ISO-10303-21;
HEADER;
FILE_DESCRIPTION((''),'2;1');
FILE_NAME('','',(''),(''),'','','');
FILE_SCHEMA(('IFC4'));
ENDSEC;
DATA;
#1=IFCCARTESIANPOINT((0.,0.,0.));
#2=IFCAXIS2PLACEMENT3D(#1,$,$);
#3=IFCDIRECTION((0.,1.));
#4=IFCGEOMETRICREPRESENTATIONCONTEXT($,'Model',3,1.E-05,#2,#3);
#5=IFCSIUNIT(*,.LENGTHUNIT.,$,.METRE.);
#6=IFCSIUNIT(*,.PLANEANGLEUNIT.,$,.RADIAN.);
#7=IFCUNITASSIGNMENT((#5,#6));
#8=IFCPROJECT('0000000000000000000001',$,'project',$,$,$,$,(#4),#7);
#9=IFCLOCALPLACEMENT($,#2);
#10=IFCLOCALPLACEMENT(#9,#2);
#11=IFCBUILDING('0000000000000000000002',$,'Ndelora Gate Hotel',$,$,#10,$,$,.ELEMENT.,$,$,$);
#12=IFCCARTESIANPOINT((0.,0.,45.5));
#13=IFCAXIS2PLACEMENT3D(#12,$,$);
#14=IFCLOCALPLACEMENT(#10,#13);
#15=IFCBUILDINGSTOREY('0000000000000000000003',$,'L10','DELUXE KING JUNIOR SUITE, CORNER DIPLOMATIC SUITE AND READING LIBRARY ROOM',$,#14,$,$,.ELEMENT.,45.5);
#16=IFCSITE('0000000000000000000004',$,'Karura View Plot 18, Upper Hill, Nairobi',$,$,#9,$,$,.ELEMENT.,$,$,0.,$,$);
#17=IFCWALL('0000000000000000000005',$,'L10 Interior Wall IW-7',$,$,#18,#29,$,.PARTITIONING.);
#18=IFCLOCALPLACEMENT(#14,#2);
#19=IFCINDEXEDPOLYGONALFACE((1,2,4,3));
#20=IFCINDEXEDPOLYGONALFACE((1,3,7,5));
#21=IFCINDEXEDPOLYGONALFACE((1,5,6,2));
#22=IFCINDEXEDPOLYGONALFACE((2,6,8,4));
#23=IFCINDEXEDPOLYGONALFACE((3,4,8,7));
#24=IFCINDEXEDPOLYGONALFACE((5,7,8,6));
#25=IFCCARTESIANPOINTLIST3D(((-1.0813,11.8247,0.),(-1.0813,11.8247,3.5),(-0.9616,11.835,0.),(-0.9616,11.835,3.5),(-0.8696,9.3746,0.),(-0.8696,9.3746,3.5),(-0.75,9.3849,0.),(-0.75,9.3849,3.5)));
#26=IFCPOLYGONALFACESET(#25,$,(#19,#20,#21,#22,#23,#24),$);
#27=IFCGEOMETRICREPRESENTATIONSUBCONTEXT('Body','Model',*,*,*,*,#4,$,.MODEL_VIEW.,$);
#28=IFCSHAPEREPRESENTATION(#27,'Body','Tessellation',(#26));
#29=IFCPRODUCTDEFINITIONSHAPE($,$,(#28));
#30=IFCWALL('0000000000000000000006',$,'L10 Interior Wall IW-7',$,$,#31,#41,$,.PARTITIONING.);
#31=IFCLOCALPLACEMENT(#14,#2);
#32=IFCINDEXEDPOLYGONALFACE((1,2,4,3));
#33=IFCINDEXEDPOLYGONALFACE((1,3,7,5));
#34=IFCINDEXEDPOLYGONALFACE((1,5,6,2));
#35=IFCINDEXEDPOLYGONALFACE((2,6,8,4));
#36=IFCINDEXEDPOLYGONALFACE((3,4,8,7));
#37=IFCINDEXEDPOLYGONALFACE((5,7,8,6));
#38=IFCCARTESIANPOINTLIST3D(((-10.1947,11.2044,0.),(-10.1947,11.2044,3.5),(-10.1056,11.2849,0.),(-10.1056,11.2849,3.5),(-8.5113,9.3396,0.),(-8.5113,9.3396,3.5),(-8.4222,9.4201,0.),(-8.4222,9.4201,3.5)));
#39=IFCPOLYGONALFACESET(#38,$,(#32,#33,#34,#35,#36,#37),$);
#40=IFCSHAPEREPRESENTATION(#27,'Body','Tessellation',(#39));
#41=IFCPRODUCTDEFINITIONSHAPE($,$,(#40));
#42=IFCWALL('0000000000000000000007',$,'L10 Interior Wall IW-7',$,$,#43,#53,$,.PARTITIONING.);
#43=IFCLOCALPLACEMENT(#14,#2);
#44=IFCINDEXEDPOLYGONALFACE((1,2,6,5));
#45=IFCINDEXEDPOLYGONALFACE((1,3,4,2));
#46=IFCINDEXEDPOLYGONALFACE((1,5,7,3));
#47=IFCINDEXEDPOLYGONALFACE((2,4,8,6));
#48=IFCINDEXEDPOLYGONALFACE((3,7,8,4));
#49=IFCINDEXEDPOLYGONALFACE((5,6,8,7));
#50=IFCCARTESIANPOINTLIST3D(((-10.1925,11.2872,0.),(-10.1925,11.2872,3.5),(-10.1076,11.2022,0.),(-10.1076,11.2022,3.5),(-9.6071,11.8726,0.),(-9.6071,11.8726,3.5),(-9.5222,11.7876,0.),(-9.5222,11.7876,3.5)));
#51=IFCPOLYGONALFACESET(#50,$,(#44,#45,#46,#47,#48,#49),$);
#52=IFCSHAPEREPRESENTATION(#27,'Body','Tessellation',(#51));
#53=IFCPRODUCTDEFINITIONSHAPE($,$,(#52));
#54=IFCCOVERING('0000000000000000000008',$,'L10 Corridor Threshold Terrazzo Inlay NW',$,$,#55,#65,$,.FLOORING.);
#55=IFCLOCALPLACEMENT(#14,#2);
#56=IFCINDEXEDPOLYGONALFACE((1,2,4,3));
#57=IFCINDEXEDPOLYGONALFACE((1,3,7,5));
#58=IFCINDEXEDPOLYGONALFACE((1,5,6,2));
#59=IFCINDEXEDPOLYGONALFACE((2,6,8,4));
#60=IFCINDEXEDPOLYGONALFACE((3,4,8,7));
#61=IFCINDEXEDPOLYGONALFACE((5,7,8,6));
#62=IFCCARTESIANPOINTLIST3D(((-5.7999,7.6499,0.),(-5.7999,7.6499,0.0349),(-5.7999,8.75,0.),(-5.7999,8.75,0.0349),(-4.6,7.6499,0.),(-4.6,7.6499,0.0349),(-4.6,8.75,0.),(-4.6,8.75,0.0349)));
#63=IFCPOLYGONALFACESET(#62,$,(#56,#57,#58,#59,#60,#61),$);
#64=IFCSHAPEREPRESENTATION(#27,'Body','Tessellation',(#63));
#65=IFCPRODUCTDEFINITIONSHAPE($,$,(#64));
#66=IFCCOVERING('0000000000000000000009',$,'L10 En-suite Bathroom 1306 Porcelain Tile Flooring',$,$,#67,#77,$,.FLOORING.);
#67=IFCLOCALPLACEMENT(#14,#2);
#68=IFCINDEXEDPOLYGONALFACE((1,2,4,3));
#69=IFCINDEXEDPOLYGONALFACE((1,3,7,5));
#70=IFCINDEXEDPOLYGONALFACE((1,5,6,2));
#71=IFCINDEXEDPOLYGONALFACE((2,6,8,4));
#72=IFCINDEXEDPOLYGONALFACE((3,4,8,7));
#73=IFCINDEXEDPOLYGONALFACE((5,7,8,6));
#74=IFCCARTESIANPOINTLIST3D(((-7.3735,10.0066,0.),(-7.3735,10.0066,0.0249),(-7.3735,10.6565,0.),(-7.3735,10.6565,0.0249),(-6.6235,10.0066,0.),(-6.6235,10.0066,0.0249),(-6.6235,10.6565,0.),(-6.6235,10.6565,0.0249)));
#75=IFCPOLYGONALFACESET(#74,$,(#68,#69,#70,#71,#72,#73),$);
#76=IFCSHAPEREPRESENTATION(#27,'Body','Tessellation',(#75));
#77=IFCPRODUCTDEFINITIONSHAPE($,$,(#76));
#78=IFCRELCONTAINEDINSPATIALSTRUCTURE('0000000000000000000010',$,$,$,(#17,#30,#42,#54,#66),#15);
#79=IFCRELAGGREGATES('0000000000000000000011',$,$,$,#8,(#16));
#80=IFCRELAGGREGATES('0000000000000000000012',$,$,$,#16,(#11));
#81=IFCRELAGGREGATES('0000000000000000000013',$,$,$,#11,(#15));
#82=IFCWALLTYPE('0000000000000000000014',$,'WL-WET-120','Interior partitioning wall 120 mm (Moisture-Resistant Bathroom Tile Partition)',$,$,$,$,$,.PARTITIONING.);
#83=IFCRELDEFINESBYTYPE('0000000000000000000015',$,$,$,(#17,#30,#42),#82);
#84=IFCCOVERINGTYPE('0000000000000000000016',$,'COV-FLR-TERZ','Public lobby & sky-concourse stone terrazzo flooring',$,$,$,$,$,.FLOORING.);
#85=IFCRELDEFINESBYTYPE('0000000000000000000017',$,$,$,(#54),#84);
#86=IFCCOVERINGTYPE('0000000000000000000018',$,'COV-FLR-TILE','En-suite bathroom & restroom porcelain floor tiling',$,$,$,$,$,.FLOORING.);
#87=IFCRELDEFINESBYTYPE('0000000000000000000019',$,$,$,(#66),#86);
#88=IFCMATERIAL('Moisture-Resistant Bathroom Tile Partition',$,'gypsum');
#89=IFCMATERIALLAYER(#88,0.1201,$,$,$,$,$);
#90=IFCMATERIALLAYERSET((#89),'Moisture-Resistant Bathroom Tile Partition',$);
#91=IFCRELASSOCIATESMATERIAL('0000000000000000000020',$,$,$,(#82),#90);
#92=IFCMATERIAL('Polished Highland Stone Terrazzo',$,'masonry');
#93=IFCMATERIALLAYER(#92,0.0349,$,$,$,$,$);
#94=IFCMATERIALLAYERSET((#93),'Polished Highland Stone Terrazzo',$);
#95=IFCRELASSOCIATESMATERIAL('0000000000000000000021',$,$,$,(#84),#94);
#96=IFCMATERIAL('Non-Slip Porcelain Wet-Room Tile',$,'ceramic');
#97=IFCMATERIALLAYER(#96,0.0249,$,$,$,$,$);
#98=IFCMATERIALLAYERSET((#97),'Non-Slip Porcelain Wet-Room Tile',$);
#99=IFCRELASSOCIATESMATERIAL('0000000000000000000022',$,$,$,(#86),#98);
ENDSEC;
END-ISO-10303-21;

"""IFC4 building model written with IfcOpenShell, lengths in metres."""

from ifc_helpers import new_model, si_unit, direction, frame, frame_2d, origin, origin_2d, place, context, subcontext, project, spatial, rectangle, extrude, material, layer, layer_set, type_object, element, save


model = new_model("IFC4")

# Units and contexts
model_context = context("Model", 3, precision=1e-05, world=origin(), true_north=direction((0.0, 1.0)))
body_context = subcontext(model_context, "Body", "Model", "MODEL_VIEW")
ifc_project = project(units=[si_unit("LENGTHUNIT", "METRE"), si_unit("PLANEANGLEUNIT", "RADIAN")], contexts=[model_context])

# Site, building, storey
site_placement = place(None, origin())
site = spatial("IfcSite", under=ifc_project, at=site_placement, Name="Karura View Plot 18, Upper Hill, Nairobi", CompositionType="ELEMENT", RefElevation=0.0)
building_placement = place(site_placement, origin())
building = spatial("IfcBuilding", under=site, at=building_placement, Name="Ndelora Gate Hotel", CompositionType="ELEMENT")
storey_placement = place(building_placement, frame((0.0, 0.0, 45.5)))
storey = spatial("IfcBuildingStorey", under=building, at=storey_placement, Name="L10", Description="DELUXE KING JUNIOR SUITE, CORNER DIPLOMATIC SUITE AND READING LIBRARY ROOM", CompositionType="ELEMENT", Elevation=45.5)

# Walls
ifc_material_1 = material(Name="Moisture-Resistant Bathroom Tile Partition", Category="gypsum")
ifc_layer_1 = layer(ifc_material_1, 0.1201)
ifc_layer_set_1 = layer_set([ifc_layer_1], Name="Moisture-Resistant Bathroom Tile Partition")
wall_type_1 = type_object("IfcWallType", Name="WL-WET-120", Description="Interior partitioning wall 120 mm (Moisture-Resistant Bathroom Tile Partition)", PredefinedType="PARTITIONING", material=ifc_layer_set_1)
wall_1_placement = place(storey_placement, frame((-0.8098, 9.3799, 0.0), z_axis=(0.0, 0.0, 1.0), x_axis=(-0.086068, 0.996289, 0.0)))
element("IfcWall", 1, at=wall_1_placement, inside=storey, type_object=wall_type_1, Name="L10 Interior Wall IW-7", PredefinedType="PARTITIONING", context=body_context, shape_type="SweptSolid", body=[
    extrude(rectangle(XDim=2.4592, YDim=0.1201, at=frame_2d((1.2295, 0.0))), origin(), (0.0, 0.0, 1.0), 3.5),
])
wall_2_placement = place(storey_placement, frame((-10.1501, 11.2446, 0.0), z_axis=(0.0, 0.0, 1.0), x_axis=(0.670081, -0.742288, 0.0)))
element("IfcWall", 2, at=wall_2_placement, inside=storey, type_object=wall_type_1, Name="L10 Interior Wall IW-7", PredefinedType="PARTITIONING", context=body_context, shape_type="SweptSolid", body=[
    extrude(rectangle(XDim=2.5122, YDim=0.1201, at=frame_2d((1.2561, 0.0))), origin(), (0.0, 0.0, 1.0), 3.5),
])
wall_3_placement = place(storey_placement, frame((-10.1501, 11.2446, 0.0), z_axis=(0.0, 0.0, 1.0), x_axis=(0.707107, 0.707107, 0.0)))
element("IfcWall", 3, at=wall_3_placement, inside=storey, type_object=wall_type_1, Name="L10 Interior Wall IW-7", PredefinedType="PARTITIONING", context=body_context, shape_type="SweptSolid", body=[
    extrude(rectangle(XDim=0.8279, YDim=0.1201, at=frame_2d((0.4141, 0.0))), origin(), (0.0, 0.0, 1.0), 3.5),
])

# Coverings
ifc_material_2 = material(Name="Polished Highland Stone Terrazzo", Category="masonry")
ifc_layer_2 = layer(ifc_material_2, 0.0349)
ifc_layer_set_2 = layer_set([ifc_layer_2], Name="Polished Highland Stone Terrazzo")
covering_type_1 = type_object("IfcCoveringType", Name="COV-FLR-TERZ", Description="Public lobby & sky-concourse stone terrazzo flooring", PredefinedType="FLOORING", material=ifc_layer_set_2)
covering_1_placement = place(storey_placement, frame((-5.2, 8.2, 0.0), z_axis=(0.0, 0.0, 1.0), x_axis=(1.0, 0.0, 0.0)))
element("IfcCovering", 4, at=covering_1_placement, inside=storey, type_object=covering_type_1, Name="L10 Corridor Threshold Terrazzo Inlay NW", PredefinedType="FLOORING", context=body_context, shape_type="SweptSolid", body=[
    extrude(rectangle(XDim=1.2, YDim=1.1001, at=origin_2d()), origin(), (0.0, 0.0, 1.0), 0.0349),
])
ifc_material_3 = material(Name="Non-Slip Porcelain Wet-Room Tile", Category="ceramic")
ifc_layer_3 = layer(ifc_material_3, 0.0249)
ifc_layer_set_3 = layer_set([ifc_layer_3], Name="Non-Slip Porcelain Wet-Room Tile")
covering_type_2 = type_object("IfcCoveringType", Name="COV-FLR-TILE", Description="En-suite bathroom & restroom porcelain floor tiling", PredefinedType="FLOORING", material=ifc_layer_set_3)
covering_2_placement = place(storey_placement, frame((-6.9985, 10.3315, 0.0), z_axis=(0.0, 0.0, 1.0), x_axis=(1.0, 0.0, 0.0)))
element("IfcCovering", 5, at=covering_2_placement, inside=storey, type_object=covering_type_2, Name="L10 En-suite Bathroom 1306 Porcelain Tile Flooring", PredefinedType="FLOORING", context=body_context, shape_type="SweptSolid", body=[
    extrude(rectangle(XDim=0.75, YDim=0.6499, at=origin_2d()), origin(), (0.0, 0.0, 1.0), 0.0249),
])

save(model, "model.ifc")
